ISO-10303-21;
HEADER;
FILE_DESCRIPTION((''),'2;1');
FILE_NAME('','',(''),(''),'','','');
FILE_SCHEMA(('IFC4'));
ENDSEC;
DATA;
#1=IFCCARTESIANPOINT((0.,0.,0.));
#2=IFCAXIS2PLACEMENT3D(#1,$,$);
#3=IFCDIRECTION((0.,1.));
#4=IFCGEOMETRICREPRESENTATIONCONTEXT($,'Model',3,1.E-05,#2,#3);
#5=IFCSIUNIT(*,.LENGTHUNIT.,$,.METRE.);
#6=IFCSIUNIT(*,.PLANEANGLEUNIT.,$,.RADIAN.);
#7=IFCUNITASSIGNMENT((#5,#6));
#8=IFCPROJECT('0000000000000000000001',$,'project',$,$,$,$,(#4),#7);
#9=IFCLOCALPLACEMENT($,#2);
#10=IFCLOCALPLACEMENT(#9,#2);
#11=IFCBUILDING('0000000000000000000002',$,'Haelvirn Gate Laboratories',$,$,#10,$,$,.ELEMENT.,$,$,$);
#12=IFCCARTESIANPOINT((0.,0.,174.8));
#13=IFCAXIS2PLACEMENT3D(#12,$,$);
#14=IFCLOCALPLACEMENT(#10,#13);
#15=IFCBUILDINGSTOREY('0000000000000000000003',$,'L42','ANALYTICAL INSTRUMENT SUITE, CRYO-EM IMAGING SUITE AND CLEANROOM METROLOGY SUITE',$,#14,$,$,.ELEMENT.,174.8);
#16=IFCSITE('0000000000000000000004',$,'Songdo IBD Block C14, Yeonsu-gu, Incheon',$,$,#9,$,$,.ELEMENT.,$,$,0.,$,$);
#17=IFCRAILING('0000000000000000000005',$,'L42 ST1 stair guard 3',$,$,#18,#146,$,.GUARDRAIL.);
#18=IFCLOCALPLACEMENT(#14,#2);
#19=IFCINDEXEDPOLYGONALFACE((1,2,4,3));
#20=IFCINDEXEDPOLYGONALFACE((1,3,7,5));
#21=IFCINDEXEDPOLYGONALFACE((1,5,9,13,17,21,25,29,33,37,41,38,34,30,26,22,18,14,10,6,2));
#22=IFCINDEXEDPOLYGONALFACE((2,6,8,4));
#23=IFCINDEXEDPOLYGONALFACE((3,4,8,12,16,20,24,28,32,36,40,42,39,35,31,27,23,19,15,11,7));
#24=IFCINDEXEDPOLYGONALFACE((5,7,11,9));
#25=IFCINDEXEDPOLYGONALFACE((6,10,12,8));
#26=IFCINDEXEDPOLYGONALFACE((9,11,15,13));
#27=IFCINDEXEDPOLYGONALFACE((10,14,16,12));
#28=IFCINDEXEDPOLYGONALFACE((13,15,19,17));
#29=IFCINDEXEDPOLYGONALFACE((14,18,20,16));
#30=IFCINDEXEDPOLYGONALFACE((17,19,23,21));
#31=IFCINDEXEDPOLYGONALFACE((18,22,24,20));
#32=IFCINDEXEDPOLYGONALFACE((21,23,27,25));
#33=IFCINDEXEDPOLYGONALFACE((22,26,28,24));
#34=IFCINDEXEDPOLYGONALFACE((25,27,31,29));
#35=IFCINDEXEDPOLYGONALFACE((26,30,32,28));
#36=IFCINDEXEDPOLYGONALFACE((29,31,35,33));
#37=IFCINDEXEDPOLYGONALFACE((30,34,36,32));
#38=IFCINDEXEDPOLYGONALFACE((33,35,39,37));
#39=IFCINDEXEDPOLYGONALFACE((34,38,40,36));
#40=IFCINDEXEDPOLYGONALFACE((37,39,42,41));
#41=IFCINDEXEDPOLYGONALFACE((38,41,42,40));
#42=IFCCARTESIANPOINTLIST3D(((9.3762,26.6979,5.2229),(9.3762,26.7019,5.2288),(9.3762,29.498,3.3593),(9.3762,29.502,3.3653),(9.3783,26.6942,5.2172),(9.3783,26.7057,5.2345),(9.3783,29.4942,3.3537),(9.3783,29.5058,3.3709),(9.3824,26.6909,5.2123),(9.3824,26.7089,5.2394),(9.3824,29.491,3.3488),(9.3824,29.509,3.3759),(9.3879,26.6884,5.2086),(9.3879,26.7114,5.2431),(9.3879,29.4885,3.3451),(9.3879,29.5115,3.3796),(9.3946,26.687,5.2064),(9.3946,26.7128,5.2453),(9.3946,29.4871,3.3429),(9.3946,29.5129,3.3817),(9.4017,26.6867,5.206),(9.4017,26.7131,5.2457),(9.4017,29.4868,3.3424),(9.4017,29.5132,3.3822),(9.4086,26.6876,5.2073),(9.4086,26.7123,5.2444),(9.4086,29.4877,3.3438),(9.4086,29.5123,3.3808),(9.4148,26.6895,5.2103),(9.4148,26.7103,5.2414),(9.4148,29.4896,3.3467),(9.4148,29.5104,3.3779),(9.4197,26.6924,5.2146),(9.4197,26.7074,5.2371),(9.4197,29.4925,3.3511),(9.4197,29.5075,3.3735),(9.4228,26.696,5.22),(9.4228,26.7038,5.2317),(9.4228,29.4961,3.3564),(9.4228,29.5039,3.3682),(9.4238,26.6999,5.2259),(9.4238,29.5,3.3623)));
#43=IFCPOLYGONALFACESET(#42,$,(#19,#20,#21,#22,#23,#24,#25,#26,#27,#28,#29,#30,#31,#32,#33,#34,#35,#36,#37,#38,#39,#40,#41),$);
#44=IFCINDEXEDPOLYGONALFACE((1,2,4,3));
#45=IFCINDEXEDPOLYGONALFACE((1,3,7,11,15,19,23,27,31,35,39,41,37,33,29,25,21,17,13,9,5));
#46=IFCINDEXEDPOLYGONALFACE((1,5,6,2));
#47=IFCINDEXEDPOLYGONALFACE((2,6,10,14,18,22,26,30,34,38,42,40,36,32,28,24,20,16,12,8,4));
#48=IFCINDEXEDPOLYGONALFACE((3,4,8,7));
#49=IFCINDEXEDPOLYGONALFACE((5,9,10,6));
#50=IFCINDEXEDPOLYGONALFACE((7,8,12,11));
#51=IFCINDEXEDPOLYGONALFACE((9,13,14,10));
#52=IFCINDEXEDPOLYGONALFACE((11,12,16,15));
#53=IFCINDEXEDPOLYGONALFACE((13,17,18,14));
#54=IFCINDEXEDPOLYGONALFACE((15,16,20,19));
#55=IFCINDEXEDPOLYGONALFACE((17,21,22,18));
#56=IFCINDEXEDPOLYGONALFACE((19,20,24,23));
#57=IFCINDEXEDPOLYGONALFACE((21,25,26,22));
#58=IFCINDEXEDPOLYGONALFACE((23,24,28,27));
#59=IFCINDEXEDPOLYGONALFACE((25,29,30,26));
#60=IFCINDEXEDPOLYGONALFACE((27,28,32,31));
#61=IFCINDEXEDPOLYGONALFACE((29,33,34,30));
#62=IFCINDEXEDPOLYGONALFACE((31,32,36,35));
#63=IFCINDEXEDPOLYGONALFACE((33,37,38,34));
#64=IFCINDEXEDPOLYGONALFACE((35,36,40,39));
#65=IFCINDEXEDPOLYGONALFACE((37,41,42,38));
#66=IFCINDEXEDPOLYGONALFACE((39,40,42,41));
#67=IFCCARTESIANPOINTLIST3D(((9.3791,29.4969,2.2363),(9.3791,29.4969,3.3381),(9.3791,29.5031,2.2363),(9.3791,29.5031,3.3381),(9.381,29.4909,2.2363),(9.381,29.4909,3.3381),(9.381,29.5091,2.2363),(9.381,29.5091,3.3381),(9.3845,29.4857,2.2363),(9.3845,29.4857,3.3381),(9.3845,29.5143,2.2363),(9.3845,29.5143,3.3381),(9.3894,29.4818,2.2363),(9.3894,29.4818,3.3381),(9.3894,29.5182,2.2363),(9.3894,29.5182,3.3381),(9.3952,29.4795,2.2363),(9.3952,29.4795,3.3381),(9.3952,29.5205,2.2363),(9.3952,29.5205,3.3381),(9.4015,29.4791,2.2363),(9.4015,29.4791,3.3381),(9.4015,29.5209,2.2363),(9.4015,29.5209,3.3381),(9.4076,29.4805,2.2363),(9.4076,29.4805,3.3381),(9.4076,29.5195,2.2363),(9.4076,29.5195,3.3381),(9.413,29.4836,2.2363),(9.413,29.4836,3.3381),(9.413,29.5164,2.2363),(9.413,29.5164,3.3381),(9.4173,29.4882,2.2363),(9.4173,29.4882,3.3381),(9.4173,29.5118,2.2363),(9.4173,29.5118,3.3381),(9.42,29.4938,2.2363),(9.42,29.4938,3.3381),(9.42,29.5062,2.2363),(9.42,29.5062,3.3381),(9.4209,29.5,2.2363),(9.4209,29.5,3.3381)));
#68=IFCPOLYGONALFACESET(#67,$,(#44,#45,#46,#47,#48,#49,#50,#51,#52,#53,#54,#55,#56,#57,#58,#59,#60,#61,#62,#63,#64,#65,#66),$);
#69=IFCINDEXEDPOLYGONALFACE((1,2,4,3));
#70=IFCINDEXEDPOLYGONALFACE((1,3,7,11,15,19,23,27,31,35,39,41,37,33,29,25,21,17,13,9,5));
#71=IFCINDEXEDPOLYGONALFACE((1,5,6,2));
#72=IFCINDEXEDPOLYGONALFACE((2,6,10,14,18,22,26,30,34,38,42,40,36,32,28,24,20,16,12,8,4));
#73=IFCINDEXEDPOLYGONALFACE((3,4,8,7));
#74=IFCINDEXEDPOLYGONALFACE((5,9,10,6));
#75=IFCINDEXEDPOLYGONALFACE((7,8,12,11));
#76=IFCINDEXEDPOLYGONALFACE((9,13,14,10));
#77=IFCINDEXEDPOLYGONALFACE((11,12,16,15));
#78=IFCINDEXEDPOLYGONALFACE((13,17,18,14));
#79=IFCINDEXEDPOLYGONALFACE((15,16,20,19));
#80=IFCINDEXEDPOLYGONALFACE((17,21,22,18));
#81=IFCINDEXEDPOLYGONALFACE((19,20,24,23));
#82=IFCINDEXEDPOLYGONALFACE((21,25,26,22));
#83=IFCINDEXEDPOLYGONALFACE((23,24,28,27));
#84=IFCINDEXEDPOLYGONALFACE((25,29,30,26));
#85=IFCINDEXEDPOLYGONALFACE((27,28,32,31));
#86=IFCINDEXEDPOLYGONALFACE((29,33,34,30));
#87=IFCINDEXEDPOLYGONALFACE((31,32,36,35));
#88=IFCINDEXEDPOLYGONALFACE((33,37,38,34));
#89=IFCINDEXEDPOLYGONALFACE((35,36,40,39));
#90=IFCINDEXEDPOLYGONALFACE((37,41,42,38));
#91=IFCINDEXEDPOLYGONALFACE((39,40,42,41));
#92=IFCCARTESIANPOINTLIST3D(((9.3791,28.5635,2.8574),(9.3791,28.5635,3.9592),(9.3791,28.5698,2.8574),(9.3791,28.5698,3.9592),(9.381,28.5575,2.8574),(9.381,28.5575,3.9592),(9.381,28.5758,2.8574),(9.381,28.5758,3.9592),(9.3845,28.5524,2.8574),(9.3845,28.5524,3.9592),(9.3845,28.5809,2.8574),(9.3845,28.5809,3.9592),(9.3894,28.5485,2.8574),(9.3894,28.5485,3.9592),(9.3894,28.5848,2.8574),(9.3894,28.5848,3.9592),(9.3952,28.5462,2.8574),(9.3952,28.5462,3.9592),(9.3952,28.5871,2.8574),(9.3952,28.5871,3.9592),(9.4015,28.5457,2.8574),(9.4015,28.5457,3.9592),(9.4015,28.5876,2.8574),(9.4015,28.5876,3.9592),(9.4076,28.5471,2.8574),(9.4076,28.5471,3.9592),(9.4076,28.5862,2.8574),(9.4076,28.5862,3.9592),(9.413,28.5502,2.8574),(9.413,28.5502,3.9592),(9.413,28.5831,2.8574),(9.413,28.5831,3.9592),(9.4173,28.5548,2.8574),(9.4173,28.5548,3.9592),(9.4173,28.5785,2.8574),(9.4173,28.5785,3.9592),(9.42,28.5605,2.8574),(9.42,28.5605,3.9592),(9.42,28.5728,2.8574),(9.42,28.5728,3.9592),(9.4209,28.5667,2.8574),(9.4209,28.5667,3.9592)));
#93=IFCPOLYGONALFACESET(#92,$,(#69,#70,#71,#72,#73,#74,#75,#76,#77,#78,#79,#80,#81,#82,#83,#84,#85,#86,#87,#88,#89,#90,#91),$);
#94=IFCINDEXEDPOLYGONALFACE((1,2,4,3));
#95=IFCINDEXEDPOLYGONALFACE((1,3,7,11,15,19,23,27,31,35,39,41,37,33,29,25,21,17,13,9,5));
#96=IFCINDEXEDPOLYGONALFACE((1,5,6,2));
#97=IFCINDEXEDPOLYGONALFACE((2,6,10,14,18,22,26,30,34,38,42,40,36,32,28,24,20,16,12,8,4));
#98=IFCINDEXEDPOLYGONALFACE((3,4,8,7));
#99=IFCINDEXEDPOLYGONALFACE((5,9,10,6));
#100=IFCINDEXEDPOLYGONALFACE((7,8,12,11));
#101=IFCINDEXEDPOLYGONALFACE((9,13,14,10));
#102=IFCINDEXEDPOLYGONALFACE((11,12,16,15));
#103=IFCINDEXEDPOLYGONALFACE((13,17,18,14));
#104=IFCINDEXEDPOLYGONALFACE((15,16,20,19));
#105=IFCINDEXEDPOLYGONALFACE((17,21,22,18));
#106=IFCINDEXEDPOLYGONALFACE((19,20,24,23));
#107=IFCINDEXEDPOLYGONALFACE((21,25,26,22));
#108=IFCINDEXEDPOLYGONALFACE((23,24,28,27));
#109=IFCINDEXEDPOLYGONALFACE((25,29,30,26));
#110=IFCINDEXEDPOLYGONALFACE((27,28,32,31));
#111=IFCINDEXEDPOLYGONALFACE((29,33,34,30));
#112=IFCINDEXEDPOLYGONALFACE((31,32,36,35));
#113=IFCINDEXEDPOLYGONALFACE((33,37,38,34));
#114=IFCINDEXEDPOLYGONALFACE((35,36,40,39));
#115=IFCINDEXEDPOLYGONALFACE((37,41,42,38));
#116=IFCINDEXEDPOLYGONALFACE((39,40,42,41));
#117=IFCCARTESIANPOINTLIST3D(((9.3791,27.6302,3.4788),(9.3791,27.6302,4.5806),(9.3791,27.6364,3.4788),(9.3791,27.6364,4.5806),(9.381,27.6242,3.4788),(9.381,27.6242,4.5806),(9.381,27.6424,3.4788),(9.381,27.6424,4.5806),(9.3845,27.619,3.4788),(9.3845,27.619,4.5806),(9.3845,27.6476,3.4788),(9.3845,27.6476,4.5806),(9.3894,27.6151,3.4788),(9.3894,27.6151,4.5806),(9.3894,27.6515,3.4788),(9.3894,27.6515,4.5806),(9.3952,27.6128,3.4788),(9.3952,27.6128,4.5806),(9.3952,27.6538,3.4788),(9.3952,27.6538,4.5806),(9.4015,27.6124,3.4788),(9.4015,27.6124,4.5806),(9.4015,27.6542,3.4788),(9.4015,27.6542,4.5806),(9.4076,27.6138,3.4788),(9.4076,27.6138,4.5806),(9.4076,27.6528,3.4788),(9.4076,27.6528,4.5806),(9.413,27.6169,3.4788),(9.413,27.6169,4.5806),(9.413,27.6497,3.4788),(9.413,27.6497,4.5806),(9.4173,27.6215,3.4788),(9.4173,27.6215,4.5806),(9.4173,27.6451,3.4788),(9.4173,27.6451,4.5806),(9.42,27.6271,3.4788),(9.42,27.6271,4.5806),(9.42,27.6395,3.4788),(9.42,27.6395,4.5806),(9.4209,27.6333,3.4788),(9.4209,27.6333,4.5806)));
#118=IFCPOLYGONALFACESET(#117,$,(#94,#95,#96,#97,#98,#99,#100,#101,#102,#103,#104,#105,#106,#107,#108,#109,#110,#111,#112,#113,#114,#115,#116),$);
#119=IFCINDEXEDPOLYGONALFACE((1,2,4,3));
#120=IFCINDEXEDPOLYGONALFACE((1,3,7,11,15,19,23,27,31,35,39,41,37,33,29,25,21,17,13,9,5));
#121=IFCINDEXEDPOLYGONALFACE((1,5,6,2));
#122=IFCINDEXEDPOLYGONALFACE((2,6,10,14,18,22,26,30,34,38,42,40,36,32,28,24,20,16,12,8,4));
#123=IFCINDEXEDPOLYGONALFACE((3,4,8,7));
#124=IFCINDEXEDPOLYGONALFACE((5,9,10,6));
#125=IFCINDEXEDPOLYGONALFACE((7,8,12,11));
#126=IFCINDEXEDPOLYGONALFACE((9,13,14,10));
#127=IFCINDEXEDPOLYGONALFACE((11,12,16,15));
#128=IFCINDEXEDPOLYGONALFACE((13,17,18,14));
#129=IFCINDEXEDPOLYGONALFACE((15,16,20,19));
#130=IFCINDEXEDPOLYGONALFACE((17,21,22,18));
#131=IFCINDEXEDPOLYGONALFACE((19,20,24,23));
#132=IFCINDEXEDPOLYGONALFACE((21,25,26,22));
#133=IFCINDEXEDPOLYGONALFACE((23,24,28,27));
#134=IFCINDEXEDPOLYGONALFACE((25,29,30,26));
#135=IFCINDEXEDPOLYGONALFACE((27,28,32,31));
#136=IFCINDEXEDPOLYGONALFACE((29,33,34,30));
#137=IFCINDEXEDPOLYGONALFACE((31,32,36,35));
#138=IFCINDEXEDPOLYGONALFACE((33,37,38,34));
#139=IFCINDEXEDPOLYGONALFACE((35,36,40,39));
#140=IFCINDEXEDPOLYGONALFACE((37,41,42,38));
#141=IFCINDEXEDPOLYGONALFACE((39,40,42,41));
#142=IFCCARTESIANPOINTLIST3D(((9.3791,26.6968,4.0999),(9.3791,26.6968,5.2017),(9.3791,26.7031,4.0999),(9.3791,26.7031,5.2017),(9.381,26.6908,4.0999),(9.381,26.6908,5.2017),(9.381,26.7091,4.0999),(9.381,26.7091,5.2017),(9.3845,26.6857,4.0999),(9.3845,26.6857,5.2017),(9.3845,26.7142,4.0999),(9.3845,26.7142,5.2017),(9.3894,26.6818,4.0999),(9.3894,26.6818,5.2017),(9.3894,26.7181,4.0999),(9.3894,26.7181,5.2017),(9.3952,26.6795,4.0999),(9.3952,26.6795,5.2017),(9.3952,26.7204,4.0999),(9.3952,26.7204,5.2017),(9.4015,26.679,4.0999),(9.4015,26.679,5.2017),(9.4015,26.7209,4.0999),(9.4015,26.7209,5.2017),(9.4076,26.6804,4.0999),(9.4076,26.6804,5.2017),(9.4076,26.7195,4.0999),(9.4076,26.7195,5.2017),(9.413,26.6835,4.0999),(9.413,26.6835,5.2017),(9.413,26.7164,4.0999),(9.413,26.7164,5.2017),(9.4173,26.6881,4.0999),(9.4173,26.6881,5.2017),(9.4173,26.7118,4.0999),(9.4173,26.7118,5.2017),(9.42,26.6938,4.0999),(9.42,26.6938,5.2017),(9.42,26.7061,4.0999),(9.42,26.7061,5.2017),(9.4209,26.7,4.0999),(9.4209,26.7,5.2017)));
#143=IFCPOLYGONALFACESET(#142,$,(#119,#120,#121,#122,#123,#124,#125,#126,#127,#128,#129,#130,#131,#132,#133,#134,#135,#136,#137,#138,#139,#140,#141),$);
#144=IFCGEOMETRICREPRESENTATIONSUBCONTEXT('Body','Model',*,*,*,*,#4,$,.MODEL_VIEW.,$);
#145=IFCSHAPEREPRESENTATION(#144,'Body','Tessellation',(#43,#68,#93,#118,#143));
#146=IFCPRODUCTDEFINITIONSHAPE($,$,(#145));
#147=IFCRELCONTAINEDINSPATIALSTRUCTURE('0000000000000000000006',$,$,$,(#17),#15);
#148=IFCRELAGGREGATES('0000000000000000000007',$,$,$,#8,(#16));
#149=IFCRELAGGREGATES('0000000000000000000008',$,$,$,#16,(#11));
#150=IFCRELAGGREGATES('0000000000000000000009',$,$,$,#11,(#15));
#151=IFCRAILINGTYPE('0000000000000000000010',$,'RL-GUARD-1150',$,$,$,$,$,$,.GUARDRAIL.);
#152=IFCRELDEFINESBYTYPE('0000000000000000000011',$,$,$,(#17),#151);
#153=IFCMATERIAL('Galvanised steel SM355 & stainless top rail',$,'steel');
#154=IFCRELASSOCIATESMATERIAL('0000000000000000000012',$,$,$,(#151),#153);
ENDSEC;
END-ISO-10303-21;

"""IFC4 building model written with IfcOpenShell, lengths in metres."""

from ifc_helpers import new_model, si_unit, direction, frame, origin, origin_2d, place, context, subcontext, project, spatial, circle, extrude, source, transform, mapped, material, type_object, element, save


model = new_model("IFC4")

# Units and contexts
model_context = context("Model", 3, precision=1e-05, world=origin(), true_north=direction((0.0, 1.0)))
body_context = subcontext(model_context, "Body", "Model", "MODEL_VIEW")
ifc_project = project(units=[si_unit("LENGTHUNIT", "METRE"), si_unit("PLANEANGLEUNIT", "RADIAN")], contexts=[model_context])

# Site, building, storey
site_placement = place(None, origin())
site = spatial("IfcSite", under=ifc_project, at=site_placement, Name="Songdo IBD Block C14, Yeonsu-gu, Incheon", CompositionType="ELEMENT", RefElevation=0.0)
building_placement = place(site_placement, origin())
building = spatial("IfcBuilding", under=site, at=building_placement, Name="Haelvirn Gate Laboratories", CompositionType="ELEMENT")
storey_placement = place(building_placement, frame((0.0, 0.0, 174.8)))
storey = spatial("IfcBuildingStorey", under=building, at=storey_placement, Name="L42", Description="ANALYTICAL INSTRUMENT SUITE, CRYO-EM IMAGING SUITE AND CLEANROOM METROLOGY SUITE", CompositionType="ELEMENT", Elevation=174.8)

# Railing
ifc_material_1 = material(Name="Galvanised steel SM355 & stainless top rail", Category="steel")
railing_type_1 = type_object("IfcRailingType", Name="RL-GUARD-1150", PredefinedType="GUARDRAIL", material=ifc_material_1)
shared_shape_1 = source(origin(), body_context, "Body", "SweptSolid", [
    extrude(circle(Radius=0.0239, at=origin_2d()), frame((0.0, 0.0, 1.126), z_axis=(0.0, -0.832486, 0.554047), x_axis=(1.0, 0.0, 0.0)), (0.0, 0.0, 1.0), 3.3635),
    extrude(circle(Radius=0.021, at=origin_2d()), origin(), (0.0, 0.0, 1.0), 1.1018),
    extrude(circle(Radius=0.021, at=origin_2d()), frame((0.0, -0.9333, 0.6211)), (0.0, 0.0, 1.0), 1.1018),
    extrude(circle(Radius=0.021, at=origin_2d()), frame((0.0, -1.8667, 1.2424)), (0.0, 0.0, 1.0), 1.1018),
    extrude(circle(Radius=0.021, at=origin_2d()), frame((0.0, -2.8, 1.8635)), (0.0, 0.0, 1.0), 1.1018),
])
railing_1_placement = place(storey_placement, frame((9.3999, 29.5, 2.2363)))
element("IfcRailing", 1, at=railing_1_placement, inside=storey, type_object=railing_type_1, Name="L42 ST1 stair guard 3", PredefinedType="GUARDRAIL", context=body_context, shape_type="MappedRepresentation", body=[
    mapped(shared_shape_1, transform((0.0, 0.0, 0.0), scale=1.0)),
])

save(model, "model.ifc")
